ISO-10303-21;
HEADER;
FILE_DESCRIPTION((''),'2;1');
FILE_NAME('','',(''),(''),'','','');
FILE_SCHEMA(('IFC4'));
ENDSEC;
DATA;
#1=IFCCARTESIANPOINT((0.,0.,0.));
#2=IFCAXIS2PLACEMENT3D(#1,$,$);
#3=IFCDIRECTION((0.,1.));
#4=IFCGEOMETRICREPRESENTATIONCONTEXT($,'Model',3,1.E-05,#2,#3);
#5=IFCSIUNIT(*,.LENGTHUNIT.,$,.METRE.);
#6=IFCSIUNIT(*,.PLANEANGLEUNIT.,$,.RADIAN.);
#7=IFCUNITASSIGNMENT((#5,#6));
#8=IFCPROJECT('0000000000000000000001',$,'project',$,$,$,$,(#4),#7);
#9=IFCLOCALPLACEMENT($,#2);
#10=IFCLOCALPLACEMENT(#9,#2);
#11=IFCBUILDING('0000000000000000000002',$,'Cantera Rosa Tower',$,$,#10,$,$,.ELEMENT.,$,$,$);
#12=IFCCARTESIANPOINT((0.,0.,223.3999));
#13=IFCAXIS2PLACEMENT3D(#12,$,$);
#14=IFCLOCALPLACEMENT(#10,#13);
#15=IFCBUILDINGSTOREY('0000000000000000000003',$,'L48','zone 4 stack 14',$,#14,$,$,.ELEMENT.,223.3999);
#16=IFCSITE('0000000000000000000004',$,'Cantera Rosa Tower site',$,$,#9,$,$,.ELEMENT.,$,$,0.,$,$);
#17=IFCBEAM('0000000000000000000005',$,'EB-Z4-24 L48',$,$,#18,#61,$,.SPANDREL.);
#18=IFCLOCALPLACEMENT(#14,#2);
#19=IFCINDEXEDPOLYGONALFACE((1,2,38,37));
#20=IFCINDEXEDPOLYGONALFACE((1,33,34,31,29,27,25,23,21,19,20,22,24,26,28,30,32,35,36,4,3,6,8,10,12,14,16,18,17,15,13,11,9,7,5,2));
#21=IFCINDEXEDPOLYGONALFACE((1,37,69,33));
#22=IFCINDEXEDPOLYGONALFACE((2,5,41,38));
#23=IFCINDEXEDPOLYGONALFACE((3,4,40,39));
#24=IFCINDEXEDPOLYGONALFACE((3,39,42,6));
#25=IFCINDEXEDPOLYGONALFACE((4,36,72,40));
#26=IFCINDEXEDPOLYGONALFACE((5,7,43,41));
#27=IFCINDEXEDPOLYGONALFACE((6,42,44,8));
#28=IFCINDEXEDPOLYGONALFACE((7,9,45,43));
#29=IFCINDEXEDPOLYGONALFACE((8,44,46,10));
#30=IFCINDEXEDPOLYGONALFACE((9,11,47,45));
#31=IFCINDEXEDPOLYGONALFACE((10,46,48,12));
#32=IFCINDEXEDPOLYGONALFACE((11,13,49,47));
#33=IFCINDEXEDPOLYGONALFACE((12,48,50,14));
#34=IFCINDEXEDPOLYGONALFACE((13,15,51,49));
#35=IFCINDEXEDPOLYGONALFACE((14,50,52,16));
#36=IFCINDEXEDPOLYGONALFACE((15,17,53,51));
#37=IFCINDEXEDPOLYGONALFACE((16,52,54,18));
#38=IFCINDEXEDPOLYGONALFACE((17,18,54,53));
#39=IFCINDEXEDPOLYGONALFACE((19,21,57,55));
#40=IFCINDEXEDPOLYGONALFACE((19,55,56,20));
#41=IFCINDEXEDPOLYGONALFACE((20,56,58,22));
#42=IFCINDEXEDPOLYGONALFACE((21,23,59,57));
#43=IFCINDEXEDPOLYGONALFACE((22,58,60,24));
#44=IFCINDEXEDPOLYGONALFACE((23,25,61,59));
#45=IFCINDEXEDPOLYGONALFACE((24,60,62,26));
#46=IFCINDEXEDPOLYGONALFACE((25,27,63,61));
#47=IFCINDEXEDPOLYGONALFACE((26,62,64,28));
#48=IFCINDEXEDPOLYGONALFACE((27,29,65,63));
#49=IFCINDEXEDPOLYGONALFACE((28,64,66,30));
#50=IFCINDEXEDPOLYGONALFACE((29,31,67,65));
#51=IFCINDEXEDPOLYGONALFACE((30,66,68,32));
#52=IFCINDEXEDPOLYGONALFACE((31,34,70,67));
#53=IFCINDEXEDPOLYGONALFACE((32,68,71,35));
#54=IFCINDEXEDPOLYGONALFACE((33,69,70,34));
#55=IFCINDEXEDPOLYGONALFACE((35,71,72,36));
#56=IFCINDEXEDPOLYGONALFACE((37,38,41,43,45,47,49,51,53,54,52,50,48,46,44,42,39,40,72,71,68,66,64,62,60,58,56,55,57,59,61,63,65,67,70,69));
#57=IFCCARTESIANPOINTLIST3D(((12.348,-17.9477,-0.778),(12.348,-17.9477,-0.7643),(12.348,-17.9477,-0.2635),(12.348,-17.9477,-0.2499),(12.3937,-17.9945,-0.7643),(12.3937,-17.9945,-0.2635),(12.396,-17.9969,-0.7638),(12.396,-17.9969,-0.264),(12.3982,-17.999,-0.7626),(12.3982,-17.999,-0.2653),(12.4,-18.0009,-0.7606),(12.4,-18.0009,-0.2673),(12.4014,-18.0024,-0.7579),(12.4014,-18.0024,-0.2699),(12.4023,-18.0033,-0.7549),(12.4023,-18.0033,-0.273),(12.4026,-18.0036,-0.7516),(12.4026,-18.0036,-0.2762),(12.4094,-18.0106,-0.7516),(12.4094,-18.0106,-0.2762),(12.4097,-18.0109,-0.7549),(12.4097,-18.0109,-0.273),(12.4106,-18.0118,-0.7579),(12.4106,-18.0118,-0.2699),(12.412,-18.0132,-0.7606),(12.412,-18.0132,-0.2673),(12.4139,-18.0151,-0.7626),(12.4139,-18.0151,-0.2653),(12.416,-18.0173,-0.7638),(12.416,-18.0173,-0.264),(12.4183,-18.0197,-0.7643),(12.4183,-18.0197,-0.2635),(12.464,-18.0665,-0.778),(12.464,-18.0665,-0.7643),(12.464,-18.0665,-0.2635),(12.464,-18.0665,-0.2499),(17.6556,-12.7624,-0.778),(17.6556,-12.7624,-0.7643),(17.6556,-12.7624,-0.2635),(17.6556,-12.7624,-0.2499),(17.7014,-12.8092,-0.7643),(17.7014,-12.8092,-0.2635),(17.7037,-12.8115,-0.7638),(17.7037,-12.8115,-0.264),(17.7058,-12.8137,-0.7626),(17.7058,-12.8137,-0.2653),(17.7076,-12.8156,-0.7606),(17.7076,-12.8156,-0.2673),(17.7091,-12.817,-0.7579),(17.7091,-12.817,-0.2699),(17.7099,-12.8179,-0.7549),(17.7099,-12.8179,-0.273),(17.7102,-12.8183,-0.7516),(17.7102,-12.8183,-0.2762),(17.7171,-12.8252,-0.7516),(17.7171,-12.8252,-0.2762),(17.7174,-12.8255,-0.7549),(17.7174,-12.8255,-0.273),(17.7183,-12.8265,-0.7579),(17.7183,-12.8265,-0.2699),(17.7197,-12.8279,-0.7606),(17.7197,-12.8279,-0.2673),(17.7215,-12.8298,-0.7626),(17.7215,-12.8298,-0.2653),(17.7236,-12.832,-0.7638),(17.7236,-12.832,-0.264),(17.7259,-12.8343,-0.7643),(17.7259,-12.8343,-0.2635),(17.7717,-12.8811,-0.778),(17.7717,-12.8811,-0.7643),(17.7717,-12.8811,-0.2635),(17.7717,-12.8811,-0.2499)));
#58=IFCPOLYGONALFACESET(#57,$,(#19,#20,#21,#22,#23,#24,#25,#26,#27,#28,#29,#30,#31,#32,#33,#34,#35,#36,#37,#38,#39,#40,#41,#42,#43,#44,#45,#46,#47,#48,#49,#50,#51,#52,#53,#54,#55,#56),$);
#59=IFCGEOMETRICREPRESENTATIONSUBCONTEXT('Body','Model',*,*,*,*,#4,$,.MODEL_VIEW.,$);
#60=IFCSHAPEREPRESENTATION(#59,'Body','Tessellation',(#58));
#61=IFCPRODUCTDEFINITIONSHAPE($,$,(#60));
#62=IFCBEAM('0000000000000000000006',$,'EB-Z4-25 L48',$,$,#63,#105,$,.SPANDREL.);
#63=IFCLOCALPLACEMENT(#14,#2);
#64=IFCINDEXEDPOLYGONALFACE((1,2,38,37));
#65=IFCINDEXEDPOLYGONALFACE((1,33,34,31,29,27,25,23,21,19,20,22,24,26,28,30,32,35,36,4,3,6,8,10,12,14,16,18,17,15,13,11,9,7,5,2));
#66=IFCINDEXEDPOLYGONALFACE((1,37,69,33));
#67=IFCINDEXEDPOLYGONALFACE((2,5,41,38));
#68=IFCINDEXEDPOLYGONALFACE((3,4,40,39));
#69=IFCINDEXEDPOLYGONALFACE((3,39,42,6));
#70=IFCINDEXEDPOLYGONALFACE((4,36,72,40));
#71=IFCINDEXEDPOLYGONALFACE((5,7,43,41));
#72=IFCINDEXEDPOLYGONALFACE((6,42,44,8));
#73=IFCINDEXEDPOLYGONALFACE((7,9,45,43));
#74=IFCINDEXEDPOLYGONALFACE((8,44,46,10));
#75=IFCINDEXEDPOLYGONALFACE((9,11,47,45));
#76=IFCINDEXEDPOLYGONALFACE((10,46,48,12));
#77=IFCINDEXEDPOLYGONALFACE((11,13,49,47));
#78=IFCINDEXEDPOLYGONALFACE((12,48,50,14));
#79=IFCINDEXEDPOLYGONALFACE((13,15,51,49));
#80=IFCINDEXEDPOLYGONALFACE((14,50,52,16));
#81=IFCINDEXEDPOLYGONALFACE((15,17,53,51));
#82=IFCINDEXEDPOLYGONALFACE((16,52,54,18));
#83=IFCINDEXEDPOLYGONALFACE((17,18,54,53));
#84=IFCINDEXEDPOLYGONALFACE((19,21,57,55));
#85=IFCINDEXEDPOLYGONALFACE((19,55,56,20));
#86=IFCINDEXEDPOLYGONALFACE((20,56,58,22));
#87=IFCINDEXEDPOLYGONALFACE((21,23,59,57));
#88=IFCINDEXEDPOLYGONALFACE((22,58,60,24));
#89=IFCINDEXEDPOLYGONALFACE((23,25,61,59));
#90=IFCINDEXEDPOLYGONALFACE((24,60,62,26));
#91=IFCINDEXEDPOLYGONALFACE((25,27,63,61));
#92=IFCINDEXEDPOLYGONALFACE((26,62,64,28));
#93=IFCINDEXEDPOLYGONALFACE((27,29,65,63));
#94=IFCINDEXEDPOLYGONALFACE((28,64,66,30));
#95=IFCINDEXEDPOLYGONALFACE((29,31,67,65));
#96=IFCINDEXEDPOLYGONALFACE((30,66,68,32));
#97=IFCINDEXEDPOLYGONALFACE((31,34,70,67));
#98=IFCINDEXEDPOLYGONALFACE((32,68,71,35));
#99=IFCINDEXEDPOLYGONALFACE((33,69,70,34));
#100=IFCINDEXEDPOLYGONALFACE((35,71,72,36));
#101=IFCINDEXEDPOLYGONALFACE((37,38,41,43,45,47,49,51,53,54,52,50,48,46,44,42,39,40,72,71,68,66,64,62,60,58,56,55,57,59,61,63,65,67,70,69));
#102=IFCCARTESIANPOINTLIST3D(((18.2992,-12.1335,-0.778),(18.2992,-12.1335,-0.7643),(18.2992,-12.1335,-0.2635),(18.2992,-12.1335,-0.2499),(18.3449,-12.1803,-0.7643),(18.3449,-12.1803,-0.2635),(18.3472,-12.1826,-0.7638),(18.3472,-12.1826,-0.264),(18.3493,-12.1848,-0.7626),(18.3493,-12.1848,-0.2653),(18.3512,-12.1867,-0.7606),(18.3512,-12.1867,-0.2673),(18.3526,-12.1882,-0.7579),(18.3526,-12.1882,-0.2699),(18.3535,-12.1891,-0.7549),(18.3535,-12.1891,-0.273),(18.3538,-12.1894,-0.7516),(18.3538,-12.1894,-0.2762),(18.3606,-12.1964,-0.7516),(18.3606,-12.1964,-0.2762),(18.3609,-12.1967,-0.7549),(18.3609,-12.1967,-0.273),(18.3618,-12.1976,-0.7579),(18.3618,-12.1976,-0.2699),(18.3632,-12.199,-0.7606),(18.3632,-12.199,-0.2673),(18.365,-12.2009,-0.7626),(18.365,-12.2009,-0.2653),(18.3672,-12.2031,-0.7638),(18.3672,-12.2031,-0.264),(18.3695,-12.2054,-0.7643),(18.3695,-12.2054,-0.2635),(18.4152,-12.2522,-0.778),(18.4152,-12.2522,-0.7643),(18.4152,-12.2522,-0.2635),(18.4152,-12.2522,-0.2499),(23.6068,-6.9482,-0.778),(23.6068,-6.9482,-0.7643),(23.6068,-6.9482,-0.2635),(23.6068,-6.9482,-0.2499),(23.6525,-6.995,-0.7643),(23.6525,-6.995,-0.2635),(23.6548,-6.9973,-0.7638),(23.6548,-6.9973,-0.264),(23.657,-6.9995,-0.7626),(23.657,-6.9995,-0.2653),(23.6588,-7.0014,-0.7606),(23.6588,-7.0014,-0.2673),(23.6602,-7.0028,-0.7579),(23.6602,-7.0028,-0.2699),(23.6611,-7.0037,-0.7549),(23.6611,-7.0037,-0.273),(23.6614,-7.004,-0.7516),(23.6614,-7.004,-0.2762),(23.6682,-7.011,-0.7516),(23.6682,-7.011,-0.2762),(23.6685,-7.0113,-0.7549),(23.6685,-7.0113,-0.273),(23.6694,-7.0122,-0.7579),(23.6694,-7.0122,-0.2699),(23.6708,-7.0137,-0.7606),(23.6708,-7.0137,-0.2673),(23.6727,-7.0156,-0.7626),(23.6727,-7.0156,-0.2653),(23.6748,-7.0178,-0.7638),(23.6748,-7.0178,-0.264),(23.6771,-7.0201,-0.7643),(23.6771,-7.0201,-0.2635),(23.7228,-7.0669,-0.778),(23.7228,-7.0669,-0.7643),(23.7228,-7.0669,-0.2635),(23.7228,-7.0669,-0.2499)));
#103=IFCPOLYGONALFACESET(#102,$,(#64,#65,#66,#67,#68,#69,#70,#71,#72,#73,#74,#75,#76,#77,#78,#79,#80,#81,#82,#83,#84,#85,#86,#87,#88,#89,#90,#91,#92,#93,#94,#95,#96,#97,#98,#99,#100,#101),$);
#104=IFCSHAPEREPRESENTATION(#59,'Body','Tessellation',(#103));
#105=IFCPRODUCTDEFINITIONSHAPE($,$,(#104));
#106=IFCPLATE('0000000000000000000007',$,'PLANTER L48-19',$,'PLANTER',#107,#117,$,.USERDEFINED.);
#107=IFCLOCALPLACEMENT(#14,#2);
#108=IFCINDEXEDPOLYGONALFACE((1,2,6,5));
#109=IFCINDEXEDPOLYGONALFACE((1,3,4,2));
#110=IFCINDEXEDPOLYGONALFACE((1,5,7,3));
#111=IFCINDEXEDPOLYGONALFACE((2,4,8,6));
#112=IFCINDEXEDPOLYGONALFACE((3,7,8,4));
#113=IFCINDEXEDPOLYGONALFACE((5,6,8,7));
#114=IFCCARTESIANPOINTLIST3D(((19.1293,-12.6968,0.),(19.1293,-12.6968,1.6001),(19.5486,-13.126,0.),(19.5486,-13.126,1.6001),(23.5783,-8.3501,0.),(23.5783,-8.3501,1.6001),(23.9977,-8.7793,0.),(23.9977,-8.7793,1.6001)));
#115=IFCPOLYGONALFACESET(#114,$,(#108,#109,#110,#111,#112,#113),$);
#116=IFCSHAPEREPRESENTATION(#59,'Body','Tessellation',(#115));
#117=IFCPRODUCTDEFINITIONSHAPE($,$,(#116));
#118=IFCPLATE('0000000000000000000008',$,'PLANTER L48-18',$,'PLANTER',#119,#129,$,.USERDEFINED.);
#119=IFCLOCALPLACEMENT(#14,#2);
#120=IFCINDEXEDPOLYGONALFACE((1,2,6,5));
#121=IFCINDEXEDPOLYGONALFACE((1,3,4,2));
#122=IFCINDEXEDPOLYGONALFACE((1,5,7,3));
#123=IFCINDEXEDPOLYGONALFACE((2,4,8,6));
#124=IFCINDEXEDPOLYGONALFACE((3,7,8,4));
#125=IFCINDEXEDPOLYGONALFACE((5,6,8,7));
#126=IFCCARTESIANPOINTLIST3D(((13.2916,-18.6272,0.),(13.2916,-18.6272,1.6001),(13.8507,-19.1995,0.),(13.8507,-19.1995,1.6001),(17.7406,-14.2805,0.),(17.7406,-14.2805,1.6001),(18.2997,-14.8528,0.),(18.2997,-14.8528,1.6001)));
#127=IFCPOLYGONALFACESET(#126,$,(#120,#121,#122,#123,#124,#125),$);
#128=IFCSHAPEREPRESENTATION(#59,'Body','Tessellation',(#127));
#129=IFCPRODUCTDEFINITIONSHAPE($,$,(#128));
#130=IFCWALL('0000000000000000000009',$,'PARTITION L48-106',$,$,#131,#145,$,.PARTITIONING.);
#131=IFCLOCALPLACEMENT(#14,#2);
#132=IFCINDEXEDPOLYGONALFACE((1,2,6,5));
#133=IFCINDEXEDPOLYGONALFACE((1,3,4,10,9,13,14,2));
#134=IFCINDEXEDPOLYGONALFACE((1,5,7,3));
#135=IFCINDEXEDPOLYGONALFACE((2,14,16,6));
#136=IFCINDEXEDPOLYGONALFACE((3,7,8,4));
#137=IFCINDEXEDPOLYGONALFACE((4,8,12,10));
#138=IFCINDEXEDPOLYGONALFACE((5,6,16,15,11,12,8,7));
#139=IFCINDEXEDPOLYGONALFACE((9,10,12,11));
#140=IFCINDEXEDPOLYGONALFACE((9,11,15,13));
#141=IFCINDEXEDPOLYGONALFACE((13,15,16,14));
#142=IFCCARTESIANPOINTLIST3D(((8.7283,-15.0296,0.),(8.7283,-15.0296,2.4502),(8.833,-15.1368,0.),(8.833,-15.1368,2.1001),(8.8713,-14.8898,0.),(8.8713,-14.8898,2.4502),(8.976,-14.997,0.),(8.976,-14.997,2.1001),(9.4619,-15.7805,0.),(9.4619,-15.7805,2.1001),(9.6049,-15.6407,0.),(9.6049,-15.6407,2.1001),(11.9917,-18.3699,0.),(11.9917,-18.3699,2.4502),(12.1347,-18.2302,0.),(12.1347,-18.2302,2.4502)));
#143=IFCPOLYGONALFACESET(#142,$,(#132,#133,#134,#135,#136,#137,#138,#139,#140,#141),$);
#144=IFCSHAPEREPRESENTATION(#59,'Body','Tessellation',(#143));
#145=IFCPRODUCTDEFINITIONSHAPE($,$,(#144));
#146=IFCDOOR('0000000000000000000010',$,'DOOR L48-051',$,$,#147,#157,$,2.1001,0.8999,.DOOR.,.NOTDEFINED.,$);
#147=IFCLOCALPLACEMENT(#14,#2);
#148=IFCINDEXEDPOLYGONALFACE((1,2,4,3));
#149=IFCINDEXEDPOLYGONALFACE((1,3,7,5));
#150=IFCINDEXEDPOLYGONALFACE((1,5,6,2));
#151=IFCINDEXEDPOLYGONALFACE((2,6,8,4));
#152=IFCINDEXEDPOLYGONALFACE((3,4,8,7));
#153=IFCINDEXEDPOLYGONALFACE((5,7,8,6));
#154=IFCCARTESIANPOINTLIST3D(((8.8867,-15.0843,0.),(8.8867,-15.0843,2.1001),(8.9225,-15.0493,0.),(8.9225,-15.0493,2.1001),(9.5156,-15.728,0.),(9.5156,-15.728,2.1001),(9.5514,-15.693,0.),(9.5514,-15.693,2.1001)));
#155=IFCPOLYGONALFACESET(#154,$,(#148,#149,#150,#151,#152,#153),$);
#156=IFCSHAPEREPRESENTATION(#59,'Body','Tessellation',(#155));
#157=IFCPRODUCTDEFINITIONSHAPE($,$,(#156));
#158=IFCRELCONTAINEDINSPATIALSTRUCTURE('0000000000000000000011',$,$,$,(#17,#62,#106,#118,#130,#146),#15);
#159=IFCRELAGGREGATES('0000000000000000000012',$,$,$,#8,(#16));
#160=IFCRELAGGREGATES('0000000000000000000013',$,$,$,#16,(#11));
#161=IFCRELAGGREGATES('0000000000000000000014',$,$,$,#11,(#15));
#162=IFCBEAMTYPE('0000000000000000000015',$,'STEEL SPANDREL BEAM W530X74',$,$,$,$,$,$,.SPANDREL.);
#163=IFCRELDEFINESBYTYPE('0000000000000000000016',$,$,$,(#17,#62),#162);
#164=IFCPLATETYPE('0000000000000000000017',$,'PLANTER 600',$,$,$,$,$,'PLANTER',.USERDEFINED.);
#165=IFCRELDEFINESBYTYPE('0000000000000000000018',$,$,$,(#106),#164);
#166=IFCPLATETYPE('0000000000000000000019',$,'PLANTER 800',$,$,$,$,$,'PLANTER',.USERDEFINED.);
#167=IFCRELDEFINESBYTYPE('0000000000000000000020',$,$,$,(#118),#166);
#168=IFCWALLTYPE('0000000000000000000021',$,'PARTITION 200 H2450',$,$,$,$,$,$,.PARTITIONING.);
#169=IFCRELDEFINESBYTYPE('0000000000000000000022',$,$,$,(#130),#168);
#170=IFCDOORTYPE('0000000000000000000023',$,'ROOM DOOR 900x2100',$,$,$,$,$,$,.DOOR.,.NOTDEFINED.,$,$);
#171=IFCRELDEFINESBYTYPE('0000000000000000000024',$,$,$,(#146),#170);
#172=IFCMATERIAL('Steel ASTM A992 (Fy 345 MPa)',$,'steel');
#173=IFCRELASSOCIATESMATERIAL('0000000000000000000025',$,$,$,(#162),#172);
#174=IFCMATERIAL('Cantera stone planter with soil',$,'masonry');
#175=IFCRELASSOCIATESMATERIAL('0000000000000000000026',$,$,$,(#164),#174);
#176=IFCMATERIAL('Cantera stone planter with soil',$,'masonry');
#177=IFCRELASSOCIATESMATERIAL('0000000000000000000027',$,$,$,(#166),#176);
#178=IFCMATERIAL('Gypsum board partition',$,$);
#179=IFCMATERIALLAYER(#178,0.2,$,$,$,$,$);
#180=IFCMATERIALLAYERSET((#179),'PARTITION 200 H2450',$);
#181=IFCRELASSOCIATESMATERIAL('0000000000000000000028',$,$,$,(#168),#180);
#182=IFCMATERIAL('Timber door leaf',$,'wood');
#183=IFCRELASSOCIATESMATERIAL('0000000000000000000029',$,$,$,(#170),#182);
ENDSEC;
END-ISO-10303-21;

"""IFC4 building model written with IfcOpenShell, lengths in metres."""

from ifc_helpers import new_model, si_unit, direction, frame, frame_2d, origin, origin_2d, place, context, subcontext, project, spatial, rectangle, i_section, extrude, material, layer, layer_set, material_profile, profile_set, type_object, element, fill, save


model = new_model("IFC4")

# Units and contexts
model_context = context("Model", 3, precision=1e-05, world=origin(), true_north=direction((0.0, 1.0)))
body_context = subcontext(model_context, "Body", "Model", "MODEL_VIEW")
ifc_project = project(units=[si_unit("LENGTHUNIT", "METRE"), si_unit("PLANEANGLEUNIT", "RADIAN")], contexts=[model_context])

# Site, building, storey
site_placement = place(None, origin())
site = spatial("IfcSite", under=ifc_project, at=site_placement, Name="Cantera Rosa Tower site", CompositionType="ELEMENT", RefElevation=0.0)
building_placement = place(site_placement, origin())
building = spatial("IfcBuilding", under=site, at=building_placement, Name="Cantera Rosa Tower", CompositionType="ELEMENT")
storey_placement = place(building_placement, frame((0.0, 0.0, 223.3999)))
storey = spatial("IfcBuildingStorey", under=building, at=storey_placement, Name="L48", Description="zone 4 stack 14", CompositionType="ELEMENT", Elevation=223.3999)

# Beams
ifc_material_1 = material(Name="Steel ASTM A992 (Fy 345 MPa)", Category="steel")
ifc_material_profile_1 = material_profile(ifc_material_1, i_section(OverallWidth=0.166, OverallDepth=0.5281, WebThickness=0.0098, FlangeThickness=0.0137, FilletRadius=0.0127, at=origin_2d()), Name="W530X74")
ifc_profile_set_1 = profile_set([ifc_material_profile_1], Name="Steel ASTM A992 (Fy 345 MPa)")
beam_type_1 = type_object("IfcBeamType", Name="STEEL SPANDREL BEAM W530X74", PredefinedType="SPANDREL", material=ifc_profile_set_1)
for number, where, z_axis, x_axis, name in (
    (1, (12.406, -18.0071, -0.5139), (0.715301, 0.698817, 0.0), (-0.698817, 0.715301, 0.0), "EB-Z4-24 L48"),
    (2, (18.3572, -12.1929, -0.5139), (0.715301, 0.698817, 0.0), (-0.698817, 0.715301, 0.0), "EB-Z4-25 L48"),
):
    element("IfcBeam", number, at=place(storey_placement, frame(where, z_axis=z_axis, x_axis=x_axis)), inside=storey, type_object=beam_type_1, Name=name, PredefinedType="SPANDREL", context=body_context, shape_type="SweptSolid", body=[
        extrude(i_section(OverallWidth=0.166, OverallDepth=0.5281, WebThickness=0.0098, FlangeThickness=0.0137, FilletRadius=0.0127, at=origin_2d()), origin(), (0.0, 0.0, 1.0), 7.4202),
    ])

# Plates
ifc_material_2 = material(Name="Cantera stone planter with soil", Category="masonry")
plate_type_1 = type_object("IfcPlateType", Name="PLANTER 600", ElementType="PLANTER", PredefinedType="USERDEFINED", material=ifc_material_2)
plate_1_placement = place(storey_placement, frame((21.5635, -10.738, 0.0), z_axis=(0.0, 0.0, 1.0), x_axis=(0.715286, 0.698832, 0.0)))
element("IfcPlate", 3, at=plate_1_placement, inside=storey, type_object=plate_type_1, Name="PLANTER L48-19", ObjectType="PLANTER", PredefinedType="USERDEFINED", context=body_context, shape_type="SweptSolid", body=[
    extrude(rectangle(XDim=6.22, YDim=0.6001, at=origin_2d()), origin(), (0.0, 0.0, 1.0), 1.6001),
])
ifc_material_3 = material(Name="Cantera stone planter with soil", Category="masonry")
plate_type_2 = type_object("IfcPlateType", Name="PLANTER 800", ElementType="PLANTER", PredefinedType="USERDEFINED", material=ifc_material_3)
plate_2_placement = place(storey_placement, frame((15.7957, -16.74, 0.0), z_axis=(0.0, 0.0, 1.0), x_axis=(0.715286, 0.698832, 0.0)))
element("IfcPlate", 4, at=plate_2_placement, inside=storey, type_object=plate_type_2, Name="PLANTER L48-18", ObjectType="PLANTER", PredefinedType="USERDEFINED", context=body_context, shape_type="SweptSolid", body=[
    extrude(rectangle(XDim=6.22, YDim=0.8, at=origin_2d()), origin(), (0.0, 0.0, 1.0), 1.6001),
])

# Wall, opening, door
ifc_material_4 = material(Name="Gypsum board partition")
ifc_layer_1 = layer(ifc_material_4, 0.2)
ifc_layer_set_1 = layer_set([ifc_layer_1], Name="PARTITION 200 H2450")
wall_type_1 = type_object("IfcWallType", Name="PARTITION 200 H2450", PredefinedType="PARTITIONING", material=ifc_layer_set_1)
wall_1_placement = place(storey_placement, frame((12.0632, -18.3, 0.0), z_axis=(0.0, 0.0, 1.0), x_axis=(-0.698825, 0.715293, 0.0)))
wall_1 = element("IfcWall", 5, at=wall_1_placement, inside=storey, type_object=wall_type_1, Name="PARTITION L48-106", PredefinedType="PARTITIONING", context=body_context, shape_type="SweptSolid", body=[
    extrude(rectangle(XDim=4.6699, YDim=0.2, at=frame_2d((2.335, 0.0))), origin(), (0.0, 0.0, 1.0), 2.4502),
])
opening_1_placement = place(wall_1_placement, frame((3.6201, 0.0, 0.0)))
opening_1 = element("IfcOpeningElement", 6, at=opening_1_placement, cuts=wall_1, PredefinedType="OPENING", context=body_context, shape_type="SweptSolid", body=[
    extrude(rectangle(XDim=0.8999, YDim=2.1001, at=frame_2d((0.45, 1.05))), frame((0.0, 0.1099, 0.0), z_axis=(0.0, -1.0, 0.0), x_axis=(1.0, 0.0, 0.0)), (0.0, 0.0, 1.0), 0.22),
])
ifc_material_5 = material(Name="Timber door leaf", Category="wood")
door_type_1 = type_object("IfcDoorType", Name="ROOM DOOR 900x2100", OperationType="NOTDEFINED", PredefinedType="DOOR", material=ifc_material_5)
door_1_placement = place(opening_1_placement, origin())
door_1 = element("IfcDoor", 7, at=door_1_placement, inside=storey, type_object=door_type_1, Name="DOOR L48-051", OperationType="NOTDEFINED", OverallHeight=2.1001, OverallWidth=0.8999, PredefinedType="DOOR", context=body_context, shape_type="SweptSolid", body=[
    extrude(rectangle(XDim=0.8999, YDim=2.1001, at=frame_2d((0.45, 1.05))), frame((0.0, 0.0249, 0.0), z_axis=(0.0, -1.0, 0.0), x_axis=(1.0, 0.0, 0.0)), (0.0, 0.0, 1.0), 0.05),
])
fill(opening_1, door_1)

save(model, "model.ifc")
